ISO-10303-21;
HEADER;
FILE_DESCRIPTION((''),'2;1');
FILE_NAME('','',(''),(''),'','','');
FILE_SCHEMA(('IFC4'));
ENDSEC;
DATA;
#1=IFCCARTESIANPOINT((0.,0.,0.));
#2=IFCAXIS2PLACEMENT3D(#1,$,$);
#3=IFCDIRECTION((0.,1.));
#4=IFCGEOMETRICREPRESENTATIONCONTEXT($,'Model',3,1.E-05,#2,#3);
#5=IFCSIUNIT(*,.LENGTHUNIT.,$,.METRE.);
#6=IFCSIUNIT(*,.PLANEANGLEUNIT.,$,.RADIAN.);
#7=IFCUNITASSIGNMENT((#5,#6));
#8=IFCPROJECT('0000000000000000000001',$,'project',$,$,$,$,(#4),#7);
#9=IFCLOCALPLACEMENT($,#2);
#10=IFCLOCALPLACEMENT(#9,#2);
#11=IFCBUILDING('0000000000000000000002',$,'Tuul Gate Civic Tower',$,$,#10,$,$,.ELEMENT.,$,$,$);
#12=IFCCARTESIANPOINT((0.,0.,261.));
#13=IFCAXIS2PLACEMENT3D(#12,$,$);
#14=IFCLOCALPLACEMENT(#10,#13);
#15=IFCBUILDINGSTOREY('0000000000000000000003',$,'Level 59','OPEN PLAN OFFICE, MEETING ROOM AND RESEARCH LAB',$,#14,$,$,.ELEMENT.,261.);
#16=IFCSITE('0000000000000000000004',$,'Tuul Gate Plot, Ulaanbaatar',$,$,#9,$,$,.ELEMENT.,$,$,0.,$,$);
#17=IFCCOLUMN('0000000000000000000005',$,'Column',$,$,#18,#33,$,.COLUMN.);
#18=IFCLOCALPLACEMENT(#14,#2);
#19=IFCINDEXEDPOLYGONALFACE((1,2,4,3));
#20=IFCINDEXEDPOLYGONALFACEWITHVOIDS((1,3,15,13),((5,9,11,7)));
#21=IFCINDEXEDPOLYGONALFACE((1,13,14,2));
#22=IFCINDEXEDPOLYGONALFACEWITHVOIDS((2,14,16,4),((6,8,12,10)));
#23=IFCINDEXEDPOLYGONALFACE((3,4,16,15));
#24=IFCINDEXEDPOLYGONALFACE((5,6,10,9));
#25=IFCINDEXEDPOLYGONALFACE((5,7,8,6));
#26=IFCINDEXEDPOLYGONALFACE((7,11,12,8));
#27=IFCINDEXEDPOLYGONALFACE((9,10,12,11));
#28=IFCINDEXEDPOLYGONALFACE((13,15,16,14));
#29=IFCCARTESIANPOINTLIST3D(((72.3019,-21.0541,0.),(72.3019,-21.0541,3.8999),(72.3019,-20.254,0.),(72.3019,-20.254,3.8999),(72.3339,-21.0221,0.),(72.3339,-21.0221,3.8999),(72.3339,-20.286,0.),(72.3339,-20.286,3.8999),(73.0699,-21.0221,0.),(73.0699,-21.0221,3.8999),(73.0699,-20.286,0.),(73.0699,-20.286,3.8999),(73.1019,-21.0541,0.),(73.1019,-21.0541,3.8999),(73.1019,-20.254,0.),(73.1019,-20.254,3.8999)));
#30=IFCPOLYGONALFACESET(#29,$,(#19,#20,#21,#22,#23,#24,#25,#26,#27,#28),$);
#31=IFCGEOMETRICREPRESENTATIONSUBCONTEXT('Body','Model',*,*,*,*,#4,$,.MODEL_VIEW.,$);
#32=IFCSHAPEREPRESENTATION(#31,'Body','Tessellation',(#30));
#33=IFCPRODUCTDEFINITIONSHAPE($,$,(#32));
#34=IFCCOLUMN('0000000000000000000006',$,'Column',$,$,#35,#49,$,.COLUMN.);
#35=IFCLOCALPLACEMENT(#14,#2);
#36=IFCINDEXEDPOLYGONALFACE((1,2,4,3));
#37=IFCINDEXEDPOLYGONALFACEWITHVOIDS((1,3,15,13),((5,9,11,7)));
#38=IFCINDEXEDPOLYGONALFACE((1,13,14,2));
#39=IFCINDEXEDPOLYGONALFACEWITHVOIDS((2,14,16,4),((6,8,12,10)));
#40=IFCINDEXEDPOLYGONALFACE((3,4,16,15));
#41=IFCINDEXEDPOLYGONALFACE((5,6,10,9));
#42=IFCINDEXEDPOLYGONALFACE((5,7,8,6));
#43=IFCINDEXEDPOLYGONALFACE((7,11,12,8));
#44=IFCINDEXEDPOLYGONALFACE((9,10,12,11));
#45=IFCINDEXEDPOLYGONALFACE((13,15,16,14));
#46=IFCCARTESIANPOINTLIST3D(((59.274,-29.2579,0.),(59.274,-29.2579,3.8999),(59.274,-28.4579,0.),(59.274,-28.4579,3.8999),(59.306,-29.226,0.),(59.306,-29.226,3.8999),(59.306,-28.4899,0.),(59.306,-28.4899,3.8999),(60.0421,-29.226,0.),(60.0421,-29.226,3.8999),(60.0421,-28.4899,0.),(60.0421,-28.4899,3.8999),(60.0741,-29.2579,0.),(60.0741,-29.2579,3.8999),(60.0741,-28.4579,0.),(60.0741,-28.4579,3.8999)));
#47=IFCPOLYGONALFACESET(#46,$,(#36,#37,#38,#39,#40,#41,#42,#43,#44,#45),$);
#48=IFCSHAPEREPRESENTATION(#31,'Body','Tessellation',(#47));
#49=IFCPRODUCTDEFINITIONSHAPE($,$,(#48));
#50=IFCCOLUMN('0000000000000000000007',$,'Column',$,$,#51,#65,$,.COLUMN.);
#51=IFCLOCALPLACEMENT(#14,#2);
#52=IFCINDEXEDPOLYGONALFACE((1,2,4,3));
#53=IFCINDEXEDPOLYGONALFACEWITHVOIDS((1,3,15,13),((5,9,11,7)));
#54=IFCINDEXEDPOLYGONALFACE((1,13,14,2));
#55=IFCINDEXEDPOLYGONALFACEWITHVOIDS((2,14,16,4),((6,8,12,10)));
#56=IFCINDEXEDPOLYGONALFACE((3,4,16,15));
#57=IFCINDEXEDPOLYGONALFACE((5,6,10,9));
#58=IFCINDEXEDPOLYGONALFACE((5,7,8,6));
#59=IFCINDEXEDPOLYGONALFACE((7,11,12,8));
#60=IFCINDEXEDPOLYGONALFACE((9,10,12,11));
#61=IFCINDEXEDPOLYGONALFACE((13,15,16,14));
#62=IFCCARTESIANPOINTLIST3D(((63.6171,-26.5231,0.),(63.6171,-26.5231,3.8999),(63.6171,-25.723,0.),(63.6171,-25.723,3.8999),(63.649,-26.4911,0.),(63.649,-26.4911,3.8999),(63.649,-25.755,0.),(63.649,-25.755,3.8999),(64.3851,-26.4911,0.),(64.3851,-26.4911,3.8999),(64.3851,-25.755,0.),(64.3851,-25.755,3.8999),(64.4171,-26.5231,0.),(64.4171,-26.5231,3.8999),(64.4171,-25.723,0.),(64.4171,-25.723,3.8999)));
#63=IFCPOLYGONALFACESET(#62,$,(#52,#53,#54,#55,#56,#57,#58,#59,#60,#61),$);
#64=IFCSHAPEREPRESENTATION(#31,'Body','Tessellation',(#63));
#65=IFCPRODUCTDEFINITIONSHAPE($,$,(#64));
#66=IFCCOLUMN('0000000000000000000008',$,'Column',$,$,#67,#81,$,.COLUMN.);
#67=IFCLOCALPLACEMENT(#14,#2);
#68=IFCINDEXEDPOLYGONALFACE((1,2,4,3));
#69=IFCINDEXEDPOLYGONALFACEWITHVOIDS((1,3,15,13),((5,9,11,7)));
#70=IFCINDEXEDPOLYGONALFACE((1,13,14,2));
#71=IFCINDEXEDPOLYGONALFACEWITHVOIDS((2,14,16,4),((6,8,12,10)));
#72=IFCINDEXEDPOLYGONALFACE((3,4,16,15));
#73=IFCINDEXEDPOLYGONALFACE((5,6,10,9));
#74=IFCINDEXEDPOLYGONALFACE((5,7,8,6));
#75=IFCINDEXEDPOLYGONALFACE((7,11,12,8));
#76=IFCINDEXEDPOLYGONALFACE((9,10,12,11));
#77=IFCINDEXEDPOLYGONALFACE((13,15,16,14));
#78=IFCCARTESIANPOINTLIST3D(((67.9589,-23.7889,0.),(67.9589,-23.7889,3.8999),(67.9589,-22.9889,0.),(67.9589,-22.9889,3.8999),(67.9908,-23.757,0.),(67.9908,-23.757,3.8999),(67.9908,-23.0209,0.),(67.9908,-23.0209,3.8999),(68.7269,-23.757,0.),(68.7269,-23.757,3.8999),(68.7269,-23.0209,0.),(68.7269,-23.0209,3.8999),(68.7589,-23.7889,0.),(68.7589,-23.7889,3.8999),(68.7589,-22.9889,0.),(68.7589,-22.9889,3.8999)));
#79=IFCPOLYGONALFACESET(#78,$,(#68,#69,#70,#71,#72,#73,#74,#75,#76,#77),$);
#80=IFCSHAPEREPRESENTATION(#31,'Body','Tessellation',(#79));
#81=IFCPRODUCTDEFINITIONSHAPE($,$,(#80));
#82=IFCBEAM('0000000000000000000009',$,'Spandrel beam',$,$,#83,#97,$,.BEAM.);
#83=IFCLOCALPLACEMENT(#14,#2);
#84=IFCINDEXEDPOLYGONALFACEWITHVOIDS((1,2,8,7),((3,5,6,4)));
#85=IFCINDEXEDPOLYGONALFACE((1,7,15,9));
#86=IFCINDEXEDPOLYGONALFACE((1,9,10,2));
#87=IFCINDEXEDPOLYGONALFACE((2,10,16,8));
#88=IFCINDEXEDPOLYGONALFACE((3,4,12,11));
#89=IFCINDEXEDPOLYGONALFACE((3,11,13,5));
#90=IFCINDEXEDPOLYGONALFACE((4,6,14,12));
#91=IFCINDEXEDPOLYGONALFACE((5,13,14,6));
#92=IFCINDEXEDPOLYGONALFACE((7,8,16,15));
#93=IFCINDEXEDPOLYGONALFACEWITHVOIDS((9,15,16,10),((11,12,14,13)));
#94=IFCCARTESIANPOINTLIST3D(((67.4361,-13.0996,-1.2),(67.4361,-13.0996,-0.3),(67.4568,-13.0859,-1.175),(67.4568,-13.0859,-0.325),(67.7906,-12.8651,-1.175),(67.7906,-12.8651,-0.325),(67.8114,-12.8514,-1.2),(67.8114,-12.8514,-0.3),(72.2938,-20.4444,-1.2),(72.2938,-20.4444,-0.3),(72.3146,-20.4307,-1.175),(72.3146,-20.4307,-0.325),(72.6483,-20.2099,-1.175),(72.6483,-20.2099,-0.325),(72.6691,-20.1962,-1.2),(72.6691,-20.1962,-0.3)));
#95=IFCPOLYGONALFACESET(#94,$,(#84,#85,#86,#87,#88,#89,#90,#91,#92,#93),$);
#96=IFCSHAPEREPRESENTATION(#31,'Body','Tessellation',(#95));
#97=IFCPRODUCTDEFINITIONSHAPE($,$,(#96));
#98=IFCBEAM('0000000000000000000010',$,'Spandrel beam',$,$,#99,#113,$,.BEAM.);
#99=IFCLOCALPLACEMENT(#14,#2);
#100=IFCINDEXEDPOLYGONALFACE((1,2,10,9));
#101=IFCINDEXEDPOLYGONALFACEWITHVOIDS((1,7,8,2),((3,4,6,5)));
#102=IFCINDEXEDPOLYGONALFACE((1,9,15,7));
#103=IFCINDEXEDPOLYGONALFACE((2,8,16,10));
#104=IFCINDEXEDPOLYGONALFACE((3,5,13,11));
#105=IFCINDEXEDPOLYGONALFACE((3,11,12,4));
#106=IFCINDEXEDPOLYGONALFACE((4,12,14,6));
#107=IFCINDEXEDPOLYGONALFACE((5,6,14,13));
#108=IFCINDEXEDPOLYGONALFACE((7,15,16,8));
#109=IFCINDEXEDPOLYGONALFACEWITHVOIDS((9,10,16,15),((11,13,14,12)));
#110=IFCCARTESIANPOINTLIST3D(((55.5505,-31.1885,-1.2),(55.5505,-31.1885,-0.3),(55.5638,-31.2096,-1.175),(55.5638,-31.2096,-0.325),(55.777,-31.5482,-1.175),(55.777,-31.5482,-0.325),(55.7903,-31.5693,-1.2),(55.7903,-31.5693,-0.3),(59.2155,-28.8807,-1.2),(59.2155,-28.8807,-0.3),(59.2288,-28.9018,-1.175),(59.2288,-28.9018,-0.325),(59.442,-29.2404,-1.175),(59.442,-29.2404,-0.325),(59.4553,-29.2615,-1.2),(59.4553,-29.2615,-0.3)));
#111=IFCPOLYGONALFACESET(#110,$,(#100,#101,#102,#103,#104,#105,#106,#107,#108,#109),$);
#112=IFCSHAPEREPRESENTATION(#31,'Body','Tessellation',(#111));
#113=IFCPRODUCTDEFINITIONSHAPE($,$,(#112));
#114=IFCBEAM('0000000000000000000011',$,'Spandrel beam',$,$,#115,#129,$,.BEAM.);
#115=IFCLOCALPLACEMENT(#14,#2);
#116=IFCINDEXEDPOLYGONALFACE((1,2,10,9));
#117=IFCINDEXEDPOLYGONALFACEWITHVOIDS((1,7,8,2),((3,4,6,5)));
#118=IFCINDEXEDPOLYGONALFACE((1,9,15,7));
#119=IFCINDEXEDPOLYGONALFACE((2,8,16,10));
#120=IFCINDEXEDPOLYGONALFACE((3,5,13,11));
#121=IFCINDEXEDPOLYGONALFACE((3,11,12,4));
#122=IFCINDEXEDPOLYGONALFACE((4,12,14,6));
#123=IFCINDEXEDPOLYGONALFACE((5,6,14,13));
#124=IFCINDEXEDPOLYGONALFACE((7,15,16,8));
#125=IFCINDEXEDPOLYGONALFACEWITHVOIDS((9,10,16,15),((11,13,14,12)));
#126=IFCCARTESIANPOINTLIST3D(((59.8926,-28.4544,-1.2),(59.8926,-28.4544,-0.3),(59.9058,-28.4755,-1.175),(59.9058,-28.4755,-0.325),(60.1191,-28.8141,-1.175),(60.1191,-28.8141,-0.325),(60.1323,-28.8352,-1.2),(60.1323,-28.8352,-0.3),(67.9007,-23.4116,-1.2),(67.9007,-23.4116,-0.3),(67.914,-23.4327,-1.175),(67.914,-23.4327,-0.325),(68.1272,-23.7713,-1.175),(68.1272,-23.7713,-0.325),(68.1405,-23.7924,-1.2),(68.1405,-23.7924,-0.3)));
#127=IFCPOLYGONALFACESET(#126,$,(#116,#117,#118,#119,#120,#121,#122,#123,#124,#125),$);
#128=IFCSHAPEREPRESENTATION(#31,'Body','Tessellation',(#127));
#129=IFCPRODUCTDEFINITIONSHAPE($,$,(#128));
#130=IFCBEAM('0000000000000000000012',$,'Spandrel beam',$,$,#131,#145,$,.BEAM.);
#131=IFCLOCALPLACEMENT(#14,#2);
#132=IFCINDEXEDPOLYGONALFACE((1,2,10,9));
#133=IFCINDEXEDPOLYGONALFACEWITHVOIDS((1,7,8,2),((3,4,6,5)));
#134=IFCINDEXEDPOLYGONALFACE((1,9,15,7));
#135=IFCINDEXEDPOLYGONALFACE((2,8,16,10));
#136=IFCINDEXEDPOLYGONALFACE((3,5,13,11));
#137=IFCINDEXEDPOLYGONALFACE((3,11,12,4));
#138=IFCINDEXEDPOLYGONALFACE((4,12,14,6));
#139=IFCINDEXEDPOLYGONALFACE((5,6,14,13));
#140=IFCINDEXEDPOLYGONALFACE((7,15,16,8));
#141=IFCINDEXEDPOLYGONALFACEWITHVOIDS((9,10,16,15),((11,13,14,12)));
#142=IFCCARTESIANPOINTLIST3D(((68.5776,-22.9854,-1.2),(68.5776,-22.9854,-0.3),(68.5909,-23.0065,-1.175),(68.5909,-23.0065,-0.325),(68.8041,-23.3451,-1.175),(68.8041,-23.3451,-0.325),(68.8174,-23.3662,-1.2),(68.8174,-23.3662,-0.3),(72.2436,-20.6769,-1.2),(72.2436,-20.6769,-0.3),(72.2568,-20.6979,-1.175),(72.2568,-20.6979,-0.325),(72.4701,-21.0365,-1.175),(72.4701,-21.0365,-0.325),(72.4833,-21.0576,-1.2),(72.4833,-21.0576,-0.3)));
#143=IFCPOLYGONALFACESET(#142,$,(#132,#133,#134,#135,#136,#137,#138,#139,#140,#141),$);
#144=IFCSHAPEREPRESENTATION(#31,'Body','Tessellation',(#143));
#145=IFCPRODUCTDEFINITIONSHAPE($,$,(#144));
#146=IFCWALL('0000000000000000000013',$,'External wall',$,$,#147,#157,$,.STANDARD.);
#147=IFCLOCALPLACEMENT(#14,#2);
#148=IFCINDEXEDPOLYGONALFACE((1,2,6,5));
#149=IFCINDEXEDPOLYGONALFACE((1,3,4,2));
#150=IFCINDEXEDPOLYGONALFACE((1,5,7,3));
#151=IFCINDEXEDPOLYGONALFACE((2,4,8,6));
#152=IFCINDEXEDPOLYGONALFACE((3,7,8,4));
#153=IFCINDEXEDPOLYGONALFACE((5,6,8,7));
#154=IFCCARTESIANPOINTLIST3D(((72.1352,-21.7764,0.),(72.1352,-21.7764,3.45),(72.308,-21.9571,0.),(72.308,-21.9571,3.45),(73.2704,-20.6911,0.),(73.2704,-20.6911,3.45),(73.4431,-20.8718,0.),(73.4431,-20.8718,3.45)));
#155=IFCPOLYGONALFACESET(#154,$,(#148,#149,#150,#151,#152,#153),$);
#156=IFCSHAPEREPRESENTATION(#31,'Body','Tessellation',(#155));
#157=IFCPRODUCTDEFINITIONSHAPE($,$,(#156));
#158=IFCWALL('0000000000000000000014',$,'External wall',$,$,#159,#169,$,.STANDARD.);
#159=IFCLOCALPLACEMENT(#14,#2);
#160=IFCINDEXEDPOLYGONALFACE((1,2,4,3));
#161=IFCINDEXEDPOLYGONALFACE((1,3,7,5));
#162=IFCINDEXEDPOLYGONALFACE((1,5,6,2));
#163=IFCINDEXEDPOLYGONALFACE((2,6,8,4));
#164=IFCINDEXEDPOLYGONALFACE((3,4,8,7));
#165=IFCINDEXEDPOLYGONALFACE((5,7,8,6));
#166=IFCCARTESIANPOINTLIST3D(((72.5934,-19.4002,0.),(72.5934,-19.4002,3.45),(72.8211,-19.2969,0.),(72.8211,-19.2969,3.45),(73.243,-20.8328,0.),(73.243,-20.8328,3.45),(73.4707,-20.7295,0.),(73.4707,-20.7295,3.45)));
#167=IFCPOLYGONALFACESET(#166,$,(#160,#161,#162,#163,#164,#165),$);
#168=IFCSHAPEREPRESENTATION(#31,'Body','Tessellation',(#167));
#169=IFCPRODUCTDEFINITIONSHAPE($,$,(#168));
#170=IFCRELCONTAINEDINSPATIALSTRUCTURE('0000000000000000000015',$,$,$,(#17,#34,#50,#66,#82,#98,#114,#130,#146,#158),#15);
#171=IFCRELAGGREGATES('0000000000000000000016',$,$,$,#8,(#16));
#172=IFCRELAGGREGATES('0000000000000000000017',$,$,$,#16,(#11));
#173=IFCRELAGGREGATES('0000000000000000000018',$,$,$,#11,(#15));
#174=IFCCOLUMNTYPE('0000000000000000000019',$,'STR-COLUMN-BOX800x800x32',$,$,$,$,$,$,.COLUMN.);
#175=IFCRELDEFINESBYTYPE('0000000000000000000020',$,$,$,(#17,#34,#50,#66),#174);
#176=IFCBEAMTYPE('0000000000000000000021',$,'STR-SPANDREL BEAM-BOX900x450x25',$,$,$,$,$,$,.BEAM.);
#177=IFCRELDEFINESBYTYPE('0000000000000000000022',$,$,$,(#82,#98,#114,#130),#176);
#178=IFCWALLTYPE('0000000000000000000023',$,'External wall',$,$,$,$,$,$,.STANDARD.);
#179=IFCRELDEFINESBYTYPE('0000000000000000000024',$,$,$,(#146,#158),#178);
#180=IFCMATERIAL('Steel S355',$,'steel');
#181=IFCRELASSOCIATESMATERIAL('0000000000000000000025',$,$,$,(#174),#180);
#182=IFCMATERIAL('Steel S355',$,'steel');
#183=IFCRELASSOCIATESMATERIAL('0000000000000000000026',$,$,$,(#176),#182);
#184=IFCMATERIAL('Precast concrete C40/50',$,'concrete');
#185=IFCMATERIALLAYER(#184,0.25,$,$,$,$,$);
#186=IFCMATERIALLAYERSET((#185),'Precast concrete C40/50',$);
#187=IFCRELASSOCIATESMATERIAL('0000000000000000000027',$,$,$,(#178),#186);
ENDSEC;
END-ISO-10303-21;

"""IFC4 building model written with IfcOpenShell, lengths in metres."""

from ifc_helpers import new_model, si_unit, direction, frame, frame_2d, origin, origin_2d, place, context, subcontext, project, spatial, rectangle, hollow_rectangle, extrude, material, layer, layer_set, material_profile, profile_set, type_object, element, save


model = new_model("IFC4")

# Units and contexts
model_context = context("Model", 3, precision=1e-05, world=origin(), true_north=direction((0.0, 1.0)))
body_context = subcontext(model_context, "Body", "Model", "MODEL_VIEW")
ifc_project = project(units=[si_unit("LENGTHUNIT", "METRE"), si_unit("PLANEANGLEUNIT", "RADIAN")], contexts=[model_context])

# Site, building, storey
site_placement = place(None, origin())
site = spatial("IfcSite", under=ifc_project, at=site_placement, Name="Tuul Gate Plot, Ulaanbaatar", CompositionType="ELEMENT", RefElevation=0.0)
building_placement = place(site_placement, origin())
building = spatial("IfcBuilding", under=site, at=building_placement, Name="Tuul Gate Civic Tower", CompositionType="ELEMENT")
storey_placement = place(building_placement, frame((0.0, 0.0, 261.0)))
storey = spatial("IfcBuildingStorey", under=building, at=storey_placement, Name="Level 59", Description="OPEN PLAN OFFICE, MEETING ROOM AND RESEARCH LAB", CompositionType="ELEMENT", Elevation=261.0)

# Columns
ifc_material_1 = material(Name="Steel S355", Category="steel")
ifc_material_profile_1 = material_profile(ifc_material_1, hollow_rectangle(XDim=0.8, YDim=0.8, WallThickness=0.032, at=origin_2d()), Name="BOX800x800x32")
ifc_profile_set_1 = profile_set([ifc_material_profile_1], Name="Steel S355")
column_type = type_object("IfcColumnType", Name="STR-COLUMN-BOX800x800x32", PredefinedType="COLUMN", material=ifc_profile_set_1)
for number, where, z_axis, x_axis, name in (
    (1, (72.7019, -20.6541, 0.0), (0.0, 0.0, 1.0), (1.0, 0.0, 0.0), "Column"),
    (2, (59.6741, -28.8579, 0.0), (0.0, 0.0, 1.0), (1.0, 0.0, 0.0), "Column"),
    (3, (64.0171, -26.123, 0.0), (0.0, 0.0, 1.0), (1.0, 0.0, 0.0), "Column"),
    (4, (68.3589, -23.3889, 0.0), (0.0, 0.0, 1.0), (1.0, 0.0, 0.0), "Column"),
):
    element("IfcColumn", number, at=place(storey_placement, frame(where, z_axis=z_axis, x_axis=x_axis)), inside=storey, type_object=column_type, Name=name, PredefinedType="COLUMN", context=body_context, shape_type="SweptSolid", body=[
        extrude(hollow_rectangle(XDim=0.8, YDim=0.8, WallThickness=0.032, at=origin_2d()), origin(), (0.0, 0.0, 1.0), 3.8999),
    ])

# Beams
ifc_material_2 = material(Name="Steel S355", Category="steel")
ifc_material_profile_2 = material_profile(ifc_material_2, hollow_rectangle(XDim=0.45, YDim=0.8999, WallThickness=0.0249, at=origin_2d()), Name="BOX900x450x25")
ifc_profile_set_2 = profile_set([ifc_material_profile_2], Name="Steel S355")
beam_type = type_object("IfcBeamType", Name="STR-SPANDREL BEAM-BOX900x450x25", PredefinedType="BEAM", material=ifc_profile_set_2)
beam_1_placement = place(storey_placement, frame((72.4814, -20.3203, -0.75), z_axis=(-0.551645, 0.834079, 0.0), x_axis=(-0.834079, -0.551645, 0.0)))
element("IfcBeam", 5, at=beam_1_placement, inside=storey, type_object=beam_type, Name="Spandrel beam", PredefinedType="BEAM", context=body_context, shape_type="SweptSolid", body=[
    extrude(hollow_rectangle(XDim=0.45, YDim=0.8999, WallThickness=0.0249, at=origin_2d()), origin(), (0.0, 0.0, 1.0), 8.8059),
])
beam_2_placement = place(storey_placement, frame((55.6704, -31.3789, -0.75), z_axis=(0.846207, 0.532854, 0.0), x_axis=(-0.532854, 0.846207, 0.0)))
element("IfcBeam", 6, at=beam_2_placement, inside=storey, type_object=beam_type, Name="Spandrel beam", PredefinedType="BEAM", context=body_context, shape_type="SweptSolid", body=[
    extrude(hollow_rectangle(XDim=0.45, YDim=0.8999, WallThickness=0.0249, at=origin_2d()), origin(), (0.0, 0.0, 1.0), 4.3311),
])
beam_3_placement = place(storey_placement, frame((60.0125, -28.6448, -0.75), z_axis=(0.846204, 0.53286, 0.0), x_axis=(-0.53286, 0.846204, 0.0)))
element("IfcBeam", 7, at=beam_3_placement, inside=storey, type_object=beam_type, Name="Spandrel beam", PredefinedType="BEAM", context=body_context, shape_type="SweptSolid", body=[
    extrude(hollow_rectangle(XDim=0.45, YDim=0.8999, WallThickness=0.0249, at=origin_2d()), origin(), (0.0, 0.0, 1.0), 9.4636),
])
beam_4_placement = place(storey_placement, frame((68.6975, -23.1758, -0.75), z_axis=(0.846195, 0.532873, 0.0), x_axis=(-0.532873, 0.846195, 0.0)))
element("IfcBeam", 8, at=beam_4_placement, inside=storey, type_object=beam_type, Name="Spandrel beam", PredefinedType="BEAM", context=body_context, shape_type="SweptSolid", body=[
    extrude(hollow_rectangle(XDim=0.45, YDim=0.8999, WallThickness=0.0249, at=origin_2d()), origin(), (0.0, 0.0, 1.0), 4.3323),
])

# Walls
ifc_material_3 = material(Name="Precast concrete C40/50", Category="concrete")
ifc_layer = layer(ifc_material_3, 0.25)
ifc_layer_set = layer_set([ifc_layer], Name="Precast concrete C40/50")
wall_type = type_object("IfcWallType", Name="External wall", PredefinedType="STANDARD", material=ifc_layer_set)
wall_1_placement = place(storey_placement, frame((72.2217, -21.8667, 0.0), z_axis=(0.0, 0.0, 1.0), x_axis=(0.722784, 0.691074, 0.0)))
element("IfcWall", 9, at=wall_1_placement, inside=storey, type_object=wall_type, Name="External wall", PredefinedType="STANDARD", context=body_context, shape_type="SweptSolid", body=[
    extrude(rectangle(XDim=1.5706, YDim=0.25, at=frame_2d((0.7852, 0.0))), origin(), (0.0, 0.0, 1.0), 3.45),
])
wall_2_placement = place(storey_placement, frame((73.3569, -20.7812, 0.0), z_axis=(0.0, 0.0, 1.0), x_axis=(-0.412996, 0.910733, 0.0)))
element("IfcWall", 10, at=wall_2_placement, inside=storey, type_object=wall_type, Name="External wall", PredefinedType="STANDARD", context=body_context, shape_type="SweptSolid", body=[
    extrude(rectangle(XDim=1.573, YDim=0.25, at=frame_2d((0.7866, 0.0))), origin(), (0.0, 0.0, 1.0), 3.45),
])

save(model, "model.ifc")
